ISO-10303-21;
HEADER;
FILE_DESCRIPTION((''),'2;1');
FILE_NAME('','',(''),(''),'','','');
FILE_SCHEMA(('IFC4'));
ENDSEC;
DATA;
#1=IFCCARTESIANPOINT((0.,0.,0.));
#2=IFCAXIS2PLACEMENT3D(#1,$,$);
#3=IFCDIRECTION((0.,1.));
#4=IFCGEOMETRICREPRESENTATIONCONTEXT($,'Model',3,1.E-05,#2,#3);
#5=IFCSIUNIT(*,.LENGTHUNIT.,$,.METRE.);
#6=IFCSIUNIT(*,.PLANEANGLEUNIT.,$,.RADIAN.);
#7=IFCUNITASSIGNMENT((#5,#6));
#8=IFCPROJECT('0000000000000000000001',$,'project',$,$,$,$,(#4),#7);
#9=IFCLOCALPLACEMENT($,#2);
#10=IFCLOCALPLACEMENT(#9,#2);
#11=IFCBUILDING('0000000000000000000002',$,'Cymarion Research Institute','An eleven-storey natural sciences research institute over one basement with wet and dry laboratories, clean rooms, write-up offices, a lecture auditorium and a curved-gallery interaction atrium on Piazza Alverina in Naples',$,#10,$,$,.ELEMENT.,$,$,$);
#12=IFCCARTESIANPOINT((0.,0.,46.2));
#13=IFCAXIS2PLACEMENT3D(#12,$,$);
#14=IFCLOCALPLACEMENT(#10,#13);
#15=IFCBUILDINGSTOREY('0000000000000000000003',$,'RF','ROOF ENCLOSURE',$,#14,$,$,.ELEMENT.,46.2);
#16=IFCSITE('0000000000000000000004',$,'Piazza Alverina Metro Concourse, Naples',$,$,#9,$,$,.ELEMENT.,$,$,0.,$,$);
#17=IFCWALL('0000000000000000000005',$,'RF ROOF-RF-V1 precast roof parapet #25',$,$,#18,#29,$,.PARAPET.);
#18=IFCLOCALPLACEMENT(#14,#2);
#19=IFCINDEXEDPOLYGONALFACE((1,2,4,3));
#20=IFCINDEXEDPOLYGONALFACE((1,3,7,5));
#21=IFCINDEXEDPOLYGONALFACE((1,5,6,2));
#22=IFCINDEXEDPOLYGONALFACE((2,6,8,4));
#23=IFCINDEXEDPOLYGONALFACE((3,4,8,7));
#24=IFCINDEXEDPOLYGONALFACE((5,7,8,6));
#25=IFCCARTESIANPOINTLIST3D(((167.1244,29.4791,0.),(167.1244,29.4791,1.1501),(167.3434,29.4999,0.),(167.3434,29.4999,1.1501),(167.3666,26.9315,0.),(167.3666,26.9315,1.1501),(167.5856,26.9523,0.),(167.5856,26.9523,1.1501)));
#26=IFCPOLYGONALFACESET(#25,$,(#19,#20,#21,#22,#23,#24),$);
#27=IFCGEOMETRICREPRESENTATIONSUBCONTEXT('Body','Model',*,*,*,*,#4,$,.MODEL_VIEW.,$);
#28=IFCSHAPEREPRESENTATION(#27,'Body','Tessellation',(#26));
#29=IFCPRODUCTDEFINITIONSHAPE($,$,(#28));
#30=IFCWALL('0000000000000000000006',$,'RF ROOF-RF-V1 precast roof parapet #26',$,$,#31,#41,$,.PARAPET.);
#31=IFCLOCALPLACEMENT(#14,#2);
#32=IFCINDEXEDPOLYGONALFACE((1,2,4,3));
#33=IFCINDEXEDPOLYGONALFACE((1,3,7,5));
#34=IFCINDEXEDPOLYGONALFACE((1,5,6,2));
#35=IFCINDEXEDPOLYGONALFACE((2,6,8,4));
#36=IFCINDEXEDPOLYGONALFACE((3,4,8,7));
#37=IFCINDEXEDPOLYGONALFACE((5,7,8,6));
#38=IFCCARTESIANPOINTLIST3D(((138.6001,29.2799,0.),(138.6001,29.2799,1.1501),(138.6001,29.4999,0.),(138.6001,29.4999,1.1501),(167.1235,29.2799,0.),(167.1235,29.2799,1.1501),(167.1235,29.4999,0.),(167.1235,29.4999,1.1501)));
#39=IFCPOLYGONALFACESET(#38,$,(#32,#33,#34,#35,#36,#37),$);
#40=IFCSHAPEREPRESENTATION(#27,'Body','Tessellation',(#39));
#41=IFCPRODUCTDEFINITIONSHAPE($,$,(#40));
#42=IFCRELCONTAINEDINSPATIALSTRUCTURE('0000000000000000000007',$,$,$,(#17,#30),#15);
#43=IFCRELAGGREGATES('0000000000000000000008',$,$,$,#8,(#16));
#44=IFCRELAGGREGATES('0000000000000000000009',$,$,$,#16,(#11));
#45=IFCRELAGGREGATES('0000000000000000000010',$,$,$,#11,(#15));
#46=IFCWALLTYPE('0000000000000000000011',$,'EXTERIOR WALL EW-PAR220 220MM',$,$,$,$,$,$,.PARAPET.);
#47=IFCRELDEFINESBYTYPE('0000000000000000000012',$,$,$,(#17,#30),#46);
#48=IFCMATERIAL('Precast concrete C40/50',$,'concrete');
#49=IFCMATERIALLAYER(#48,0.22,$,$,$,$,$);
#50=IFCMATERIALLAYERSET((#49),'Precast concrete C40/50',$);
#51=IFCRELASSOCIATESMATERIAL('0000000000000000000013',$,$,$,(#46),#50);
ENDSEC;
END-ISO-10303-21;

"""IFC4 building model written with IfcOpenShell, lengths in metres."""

from ifc_helpers import new_model, si_unit, direction, frame, frame_2d, origin, place, context, subcontext, project, spatial, rectangle, extrude, material, layer, layer_set, type_object, element, save


model = new_model("IFC4")

# Units and contexts
model_context = context("Model", 3, precision=1e-05, world=origin(), true_north=direction((0.0, 1.0)))
body_context = subcontext(model_context, "Body", "Model", "MODEL_VIEW")
ifc_project = project(units=[si_unit("LENGTHUNIT", "METRE"), si_unit("PLANEANGLEUNIT", "RADIAN")], contexts=[model_context])

# Site, building, storey
site_placement = place(None, origin())
site = spatial("IfcSite", under=ifc_project, at=site_placement, Name="Piazza Alverina Metro Concourse, Naples", CompositionType="ELEMENT", RefElevation=0.0)
building_placement = place(site_placement, origin())
building = spatial("IfcBuilding", under=site, at=building_placement, Name="Cymarion Research Institute", Description="An eleven-storey natural sciences research institute over one basement with wet and dry laboratories, clean rooms, write-up offices, a lecture auditorium and a curved-gallery interaction atrium on Piazza Alverina in Naples", CompositionType="ELEMENT")
storey_placement = place(building_placement, frame((0.0, 0.0, 46.2)))
storey = spatial("IfcBuildingStorey", under=building, at=storey_placement, Name="RF", Description="ROOF ENCLOSURE", CompositionType="ELEMENT", Elevation=46.2)

# Walls
ifc_material_1 = material(Name="Precast concrete C40/50", Category="concrete")
ifc_layer = layer(ifc_material_1, 0.22)
ifc_layer_set = layer_set([ifc_layer], Name="Precast concrete C40/50")
wall_type = type_object("IfcWallType", Name="EXTERIOR WALL EW-PAR220 220MM", PredefinedType="PARAPET", material=ifc_layer_set)
wall_1_placement = place(storey_placement, frame((167.4761, 26.9419, 0.0), z_axis=(0.0, 0.0, 1.0), x_axis=(-0.094638, 0.995512, 0.0)))
element("IfcWall", 1, at=wall_1_placement, inside=storey, type_object=wall_type, Name="RF ROOF-RF-V1 precast roof parapet #25", PredefinedType="PARAPET", context=body_context, shape_type="SweptSolid", body=[
    extrude(rectangle(XDim=2.5591, YDim=0.22, at=frame_2d((1.2795, 0.0))), origin(), (0.0, 0.0, 1.0), 1.1501),
])
wall_2_placement = place(storey_placement, frame((167.1235, 29.3899, 0.0), z_axis=(0.0, 0.0, 1.0), x_axis=(-1.0, 0.0, 0.0)))
element("IfcWall", 2, at=wall_2_placement, inside=storey, type_object=wall_type, Name="RF ROOF-RF-V1 precast roof parapet #26", PredefinedType="PARAPET", context=body_context, shape_type="SweptSolid", body=[
    extrude(rectangle(XDim=28.5234, YDim=0.22, at=frame_2d((14.2617, 0.0))), origin(), (0.0, 0.0, 1.0), 1.1501),
])

save(model, "model.ifc")
